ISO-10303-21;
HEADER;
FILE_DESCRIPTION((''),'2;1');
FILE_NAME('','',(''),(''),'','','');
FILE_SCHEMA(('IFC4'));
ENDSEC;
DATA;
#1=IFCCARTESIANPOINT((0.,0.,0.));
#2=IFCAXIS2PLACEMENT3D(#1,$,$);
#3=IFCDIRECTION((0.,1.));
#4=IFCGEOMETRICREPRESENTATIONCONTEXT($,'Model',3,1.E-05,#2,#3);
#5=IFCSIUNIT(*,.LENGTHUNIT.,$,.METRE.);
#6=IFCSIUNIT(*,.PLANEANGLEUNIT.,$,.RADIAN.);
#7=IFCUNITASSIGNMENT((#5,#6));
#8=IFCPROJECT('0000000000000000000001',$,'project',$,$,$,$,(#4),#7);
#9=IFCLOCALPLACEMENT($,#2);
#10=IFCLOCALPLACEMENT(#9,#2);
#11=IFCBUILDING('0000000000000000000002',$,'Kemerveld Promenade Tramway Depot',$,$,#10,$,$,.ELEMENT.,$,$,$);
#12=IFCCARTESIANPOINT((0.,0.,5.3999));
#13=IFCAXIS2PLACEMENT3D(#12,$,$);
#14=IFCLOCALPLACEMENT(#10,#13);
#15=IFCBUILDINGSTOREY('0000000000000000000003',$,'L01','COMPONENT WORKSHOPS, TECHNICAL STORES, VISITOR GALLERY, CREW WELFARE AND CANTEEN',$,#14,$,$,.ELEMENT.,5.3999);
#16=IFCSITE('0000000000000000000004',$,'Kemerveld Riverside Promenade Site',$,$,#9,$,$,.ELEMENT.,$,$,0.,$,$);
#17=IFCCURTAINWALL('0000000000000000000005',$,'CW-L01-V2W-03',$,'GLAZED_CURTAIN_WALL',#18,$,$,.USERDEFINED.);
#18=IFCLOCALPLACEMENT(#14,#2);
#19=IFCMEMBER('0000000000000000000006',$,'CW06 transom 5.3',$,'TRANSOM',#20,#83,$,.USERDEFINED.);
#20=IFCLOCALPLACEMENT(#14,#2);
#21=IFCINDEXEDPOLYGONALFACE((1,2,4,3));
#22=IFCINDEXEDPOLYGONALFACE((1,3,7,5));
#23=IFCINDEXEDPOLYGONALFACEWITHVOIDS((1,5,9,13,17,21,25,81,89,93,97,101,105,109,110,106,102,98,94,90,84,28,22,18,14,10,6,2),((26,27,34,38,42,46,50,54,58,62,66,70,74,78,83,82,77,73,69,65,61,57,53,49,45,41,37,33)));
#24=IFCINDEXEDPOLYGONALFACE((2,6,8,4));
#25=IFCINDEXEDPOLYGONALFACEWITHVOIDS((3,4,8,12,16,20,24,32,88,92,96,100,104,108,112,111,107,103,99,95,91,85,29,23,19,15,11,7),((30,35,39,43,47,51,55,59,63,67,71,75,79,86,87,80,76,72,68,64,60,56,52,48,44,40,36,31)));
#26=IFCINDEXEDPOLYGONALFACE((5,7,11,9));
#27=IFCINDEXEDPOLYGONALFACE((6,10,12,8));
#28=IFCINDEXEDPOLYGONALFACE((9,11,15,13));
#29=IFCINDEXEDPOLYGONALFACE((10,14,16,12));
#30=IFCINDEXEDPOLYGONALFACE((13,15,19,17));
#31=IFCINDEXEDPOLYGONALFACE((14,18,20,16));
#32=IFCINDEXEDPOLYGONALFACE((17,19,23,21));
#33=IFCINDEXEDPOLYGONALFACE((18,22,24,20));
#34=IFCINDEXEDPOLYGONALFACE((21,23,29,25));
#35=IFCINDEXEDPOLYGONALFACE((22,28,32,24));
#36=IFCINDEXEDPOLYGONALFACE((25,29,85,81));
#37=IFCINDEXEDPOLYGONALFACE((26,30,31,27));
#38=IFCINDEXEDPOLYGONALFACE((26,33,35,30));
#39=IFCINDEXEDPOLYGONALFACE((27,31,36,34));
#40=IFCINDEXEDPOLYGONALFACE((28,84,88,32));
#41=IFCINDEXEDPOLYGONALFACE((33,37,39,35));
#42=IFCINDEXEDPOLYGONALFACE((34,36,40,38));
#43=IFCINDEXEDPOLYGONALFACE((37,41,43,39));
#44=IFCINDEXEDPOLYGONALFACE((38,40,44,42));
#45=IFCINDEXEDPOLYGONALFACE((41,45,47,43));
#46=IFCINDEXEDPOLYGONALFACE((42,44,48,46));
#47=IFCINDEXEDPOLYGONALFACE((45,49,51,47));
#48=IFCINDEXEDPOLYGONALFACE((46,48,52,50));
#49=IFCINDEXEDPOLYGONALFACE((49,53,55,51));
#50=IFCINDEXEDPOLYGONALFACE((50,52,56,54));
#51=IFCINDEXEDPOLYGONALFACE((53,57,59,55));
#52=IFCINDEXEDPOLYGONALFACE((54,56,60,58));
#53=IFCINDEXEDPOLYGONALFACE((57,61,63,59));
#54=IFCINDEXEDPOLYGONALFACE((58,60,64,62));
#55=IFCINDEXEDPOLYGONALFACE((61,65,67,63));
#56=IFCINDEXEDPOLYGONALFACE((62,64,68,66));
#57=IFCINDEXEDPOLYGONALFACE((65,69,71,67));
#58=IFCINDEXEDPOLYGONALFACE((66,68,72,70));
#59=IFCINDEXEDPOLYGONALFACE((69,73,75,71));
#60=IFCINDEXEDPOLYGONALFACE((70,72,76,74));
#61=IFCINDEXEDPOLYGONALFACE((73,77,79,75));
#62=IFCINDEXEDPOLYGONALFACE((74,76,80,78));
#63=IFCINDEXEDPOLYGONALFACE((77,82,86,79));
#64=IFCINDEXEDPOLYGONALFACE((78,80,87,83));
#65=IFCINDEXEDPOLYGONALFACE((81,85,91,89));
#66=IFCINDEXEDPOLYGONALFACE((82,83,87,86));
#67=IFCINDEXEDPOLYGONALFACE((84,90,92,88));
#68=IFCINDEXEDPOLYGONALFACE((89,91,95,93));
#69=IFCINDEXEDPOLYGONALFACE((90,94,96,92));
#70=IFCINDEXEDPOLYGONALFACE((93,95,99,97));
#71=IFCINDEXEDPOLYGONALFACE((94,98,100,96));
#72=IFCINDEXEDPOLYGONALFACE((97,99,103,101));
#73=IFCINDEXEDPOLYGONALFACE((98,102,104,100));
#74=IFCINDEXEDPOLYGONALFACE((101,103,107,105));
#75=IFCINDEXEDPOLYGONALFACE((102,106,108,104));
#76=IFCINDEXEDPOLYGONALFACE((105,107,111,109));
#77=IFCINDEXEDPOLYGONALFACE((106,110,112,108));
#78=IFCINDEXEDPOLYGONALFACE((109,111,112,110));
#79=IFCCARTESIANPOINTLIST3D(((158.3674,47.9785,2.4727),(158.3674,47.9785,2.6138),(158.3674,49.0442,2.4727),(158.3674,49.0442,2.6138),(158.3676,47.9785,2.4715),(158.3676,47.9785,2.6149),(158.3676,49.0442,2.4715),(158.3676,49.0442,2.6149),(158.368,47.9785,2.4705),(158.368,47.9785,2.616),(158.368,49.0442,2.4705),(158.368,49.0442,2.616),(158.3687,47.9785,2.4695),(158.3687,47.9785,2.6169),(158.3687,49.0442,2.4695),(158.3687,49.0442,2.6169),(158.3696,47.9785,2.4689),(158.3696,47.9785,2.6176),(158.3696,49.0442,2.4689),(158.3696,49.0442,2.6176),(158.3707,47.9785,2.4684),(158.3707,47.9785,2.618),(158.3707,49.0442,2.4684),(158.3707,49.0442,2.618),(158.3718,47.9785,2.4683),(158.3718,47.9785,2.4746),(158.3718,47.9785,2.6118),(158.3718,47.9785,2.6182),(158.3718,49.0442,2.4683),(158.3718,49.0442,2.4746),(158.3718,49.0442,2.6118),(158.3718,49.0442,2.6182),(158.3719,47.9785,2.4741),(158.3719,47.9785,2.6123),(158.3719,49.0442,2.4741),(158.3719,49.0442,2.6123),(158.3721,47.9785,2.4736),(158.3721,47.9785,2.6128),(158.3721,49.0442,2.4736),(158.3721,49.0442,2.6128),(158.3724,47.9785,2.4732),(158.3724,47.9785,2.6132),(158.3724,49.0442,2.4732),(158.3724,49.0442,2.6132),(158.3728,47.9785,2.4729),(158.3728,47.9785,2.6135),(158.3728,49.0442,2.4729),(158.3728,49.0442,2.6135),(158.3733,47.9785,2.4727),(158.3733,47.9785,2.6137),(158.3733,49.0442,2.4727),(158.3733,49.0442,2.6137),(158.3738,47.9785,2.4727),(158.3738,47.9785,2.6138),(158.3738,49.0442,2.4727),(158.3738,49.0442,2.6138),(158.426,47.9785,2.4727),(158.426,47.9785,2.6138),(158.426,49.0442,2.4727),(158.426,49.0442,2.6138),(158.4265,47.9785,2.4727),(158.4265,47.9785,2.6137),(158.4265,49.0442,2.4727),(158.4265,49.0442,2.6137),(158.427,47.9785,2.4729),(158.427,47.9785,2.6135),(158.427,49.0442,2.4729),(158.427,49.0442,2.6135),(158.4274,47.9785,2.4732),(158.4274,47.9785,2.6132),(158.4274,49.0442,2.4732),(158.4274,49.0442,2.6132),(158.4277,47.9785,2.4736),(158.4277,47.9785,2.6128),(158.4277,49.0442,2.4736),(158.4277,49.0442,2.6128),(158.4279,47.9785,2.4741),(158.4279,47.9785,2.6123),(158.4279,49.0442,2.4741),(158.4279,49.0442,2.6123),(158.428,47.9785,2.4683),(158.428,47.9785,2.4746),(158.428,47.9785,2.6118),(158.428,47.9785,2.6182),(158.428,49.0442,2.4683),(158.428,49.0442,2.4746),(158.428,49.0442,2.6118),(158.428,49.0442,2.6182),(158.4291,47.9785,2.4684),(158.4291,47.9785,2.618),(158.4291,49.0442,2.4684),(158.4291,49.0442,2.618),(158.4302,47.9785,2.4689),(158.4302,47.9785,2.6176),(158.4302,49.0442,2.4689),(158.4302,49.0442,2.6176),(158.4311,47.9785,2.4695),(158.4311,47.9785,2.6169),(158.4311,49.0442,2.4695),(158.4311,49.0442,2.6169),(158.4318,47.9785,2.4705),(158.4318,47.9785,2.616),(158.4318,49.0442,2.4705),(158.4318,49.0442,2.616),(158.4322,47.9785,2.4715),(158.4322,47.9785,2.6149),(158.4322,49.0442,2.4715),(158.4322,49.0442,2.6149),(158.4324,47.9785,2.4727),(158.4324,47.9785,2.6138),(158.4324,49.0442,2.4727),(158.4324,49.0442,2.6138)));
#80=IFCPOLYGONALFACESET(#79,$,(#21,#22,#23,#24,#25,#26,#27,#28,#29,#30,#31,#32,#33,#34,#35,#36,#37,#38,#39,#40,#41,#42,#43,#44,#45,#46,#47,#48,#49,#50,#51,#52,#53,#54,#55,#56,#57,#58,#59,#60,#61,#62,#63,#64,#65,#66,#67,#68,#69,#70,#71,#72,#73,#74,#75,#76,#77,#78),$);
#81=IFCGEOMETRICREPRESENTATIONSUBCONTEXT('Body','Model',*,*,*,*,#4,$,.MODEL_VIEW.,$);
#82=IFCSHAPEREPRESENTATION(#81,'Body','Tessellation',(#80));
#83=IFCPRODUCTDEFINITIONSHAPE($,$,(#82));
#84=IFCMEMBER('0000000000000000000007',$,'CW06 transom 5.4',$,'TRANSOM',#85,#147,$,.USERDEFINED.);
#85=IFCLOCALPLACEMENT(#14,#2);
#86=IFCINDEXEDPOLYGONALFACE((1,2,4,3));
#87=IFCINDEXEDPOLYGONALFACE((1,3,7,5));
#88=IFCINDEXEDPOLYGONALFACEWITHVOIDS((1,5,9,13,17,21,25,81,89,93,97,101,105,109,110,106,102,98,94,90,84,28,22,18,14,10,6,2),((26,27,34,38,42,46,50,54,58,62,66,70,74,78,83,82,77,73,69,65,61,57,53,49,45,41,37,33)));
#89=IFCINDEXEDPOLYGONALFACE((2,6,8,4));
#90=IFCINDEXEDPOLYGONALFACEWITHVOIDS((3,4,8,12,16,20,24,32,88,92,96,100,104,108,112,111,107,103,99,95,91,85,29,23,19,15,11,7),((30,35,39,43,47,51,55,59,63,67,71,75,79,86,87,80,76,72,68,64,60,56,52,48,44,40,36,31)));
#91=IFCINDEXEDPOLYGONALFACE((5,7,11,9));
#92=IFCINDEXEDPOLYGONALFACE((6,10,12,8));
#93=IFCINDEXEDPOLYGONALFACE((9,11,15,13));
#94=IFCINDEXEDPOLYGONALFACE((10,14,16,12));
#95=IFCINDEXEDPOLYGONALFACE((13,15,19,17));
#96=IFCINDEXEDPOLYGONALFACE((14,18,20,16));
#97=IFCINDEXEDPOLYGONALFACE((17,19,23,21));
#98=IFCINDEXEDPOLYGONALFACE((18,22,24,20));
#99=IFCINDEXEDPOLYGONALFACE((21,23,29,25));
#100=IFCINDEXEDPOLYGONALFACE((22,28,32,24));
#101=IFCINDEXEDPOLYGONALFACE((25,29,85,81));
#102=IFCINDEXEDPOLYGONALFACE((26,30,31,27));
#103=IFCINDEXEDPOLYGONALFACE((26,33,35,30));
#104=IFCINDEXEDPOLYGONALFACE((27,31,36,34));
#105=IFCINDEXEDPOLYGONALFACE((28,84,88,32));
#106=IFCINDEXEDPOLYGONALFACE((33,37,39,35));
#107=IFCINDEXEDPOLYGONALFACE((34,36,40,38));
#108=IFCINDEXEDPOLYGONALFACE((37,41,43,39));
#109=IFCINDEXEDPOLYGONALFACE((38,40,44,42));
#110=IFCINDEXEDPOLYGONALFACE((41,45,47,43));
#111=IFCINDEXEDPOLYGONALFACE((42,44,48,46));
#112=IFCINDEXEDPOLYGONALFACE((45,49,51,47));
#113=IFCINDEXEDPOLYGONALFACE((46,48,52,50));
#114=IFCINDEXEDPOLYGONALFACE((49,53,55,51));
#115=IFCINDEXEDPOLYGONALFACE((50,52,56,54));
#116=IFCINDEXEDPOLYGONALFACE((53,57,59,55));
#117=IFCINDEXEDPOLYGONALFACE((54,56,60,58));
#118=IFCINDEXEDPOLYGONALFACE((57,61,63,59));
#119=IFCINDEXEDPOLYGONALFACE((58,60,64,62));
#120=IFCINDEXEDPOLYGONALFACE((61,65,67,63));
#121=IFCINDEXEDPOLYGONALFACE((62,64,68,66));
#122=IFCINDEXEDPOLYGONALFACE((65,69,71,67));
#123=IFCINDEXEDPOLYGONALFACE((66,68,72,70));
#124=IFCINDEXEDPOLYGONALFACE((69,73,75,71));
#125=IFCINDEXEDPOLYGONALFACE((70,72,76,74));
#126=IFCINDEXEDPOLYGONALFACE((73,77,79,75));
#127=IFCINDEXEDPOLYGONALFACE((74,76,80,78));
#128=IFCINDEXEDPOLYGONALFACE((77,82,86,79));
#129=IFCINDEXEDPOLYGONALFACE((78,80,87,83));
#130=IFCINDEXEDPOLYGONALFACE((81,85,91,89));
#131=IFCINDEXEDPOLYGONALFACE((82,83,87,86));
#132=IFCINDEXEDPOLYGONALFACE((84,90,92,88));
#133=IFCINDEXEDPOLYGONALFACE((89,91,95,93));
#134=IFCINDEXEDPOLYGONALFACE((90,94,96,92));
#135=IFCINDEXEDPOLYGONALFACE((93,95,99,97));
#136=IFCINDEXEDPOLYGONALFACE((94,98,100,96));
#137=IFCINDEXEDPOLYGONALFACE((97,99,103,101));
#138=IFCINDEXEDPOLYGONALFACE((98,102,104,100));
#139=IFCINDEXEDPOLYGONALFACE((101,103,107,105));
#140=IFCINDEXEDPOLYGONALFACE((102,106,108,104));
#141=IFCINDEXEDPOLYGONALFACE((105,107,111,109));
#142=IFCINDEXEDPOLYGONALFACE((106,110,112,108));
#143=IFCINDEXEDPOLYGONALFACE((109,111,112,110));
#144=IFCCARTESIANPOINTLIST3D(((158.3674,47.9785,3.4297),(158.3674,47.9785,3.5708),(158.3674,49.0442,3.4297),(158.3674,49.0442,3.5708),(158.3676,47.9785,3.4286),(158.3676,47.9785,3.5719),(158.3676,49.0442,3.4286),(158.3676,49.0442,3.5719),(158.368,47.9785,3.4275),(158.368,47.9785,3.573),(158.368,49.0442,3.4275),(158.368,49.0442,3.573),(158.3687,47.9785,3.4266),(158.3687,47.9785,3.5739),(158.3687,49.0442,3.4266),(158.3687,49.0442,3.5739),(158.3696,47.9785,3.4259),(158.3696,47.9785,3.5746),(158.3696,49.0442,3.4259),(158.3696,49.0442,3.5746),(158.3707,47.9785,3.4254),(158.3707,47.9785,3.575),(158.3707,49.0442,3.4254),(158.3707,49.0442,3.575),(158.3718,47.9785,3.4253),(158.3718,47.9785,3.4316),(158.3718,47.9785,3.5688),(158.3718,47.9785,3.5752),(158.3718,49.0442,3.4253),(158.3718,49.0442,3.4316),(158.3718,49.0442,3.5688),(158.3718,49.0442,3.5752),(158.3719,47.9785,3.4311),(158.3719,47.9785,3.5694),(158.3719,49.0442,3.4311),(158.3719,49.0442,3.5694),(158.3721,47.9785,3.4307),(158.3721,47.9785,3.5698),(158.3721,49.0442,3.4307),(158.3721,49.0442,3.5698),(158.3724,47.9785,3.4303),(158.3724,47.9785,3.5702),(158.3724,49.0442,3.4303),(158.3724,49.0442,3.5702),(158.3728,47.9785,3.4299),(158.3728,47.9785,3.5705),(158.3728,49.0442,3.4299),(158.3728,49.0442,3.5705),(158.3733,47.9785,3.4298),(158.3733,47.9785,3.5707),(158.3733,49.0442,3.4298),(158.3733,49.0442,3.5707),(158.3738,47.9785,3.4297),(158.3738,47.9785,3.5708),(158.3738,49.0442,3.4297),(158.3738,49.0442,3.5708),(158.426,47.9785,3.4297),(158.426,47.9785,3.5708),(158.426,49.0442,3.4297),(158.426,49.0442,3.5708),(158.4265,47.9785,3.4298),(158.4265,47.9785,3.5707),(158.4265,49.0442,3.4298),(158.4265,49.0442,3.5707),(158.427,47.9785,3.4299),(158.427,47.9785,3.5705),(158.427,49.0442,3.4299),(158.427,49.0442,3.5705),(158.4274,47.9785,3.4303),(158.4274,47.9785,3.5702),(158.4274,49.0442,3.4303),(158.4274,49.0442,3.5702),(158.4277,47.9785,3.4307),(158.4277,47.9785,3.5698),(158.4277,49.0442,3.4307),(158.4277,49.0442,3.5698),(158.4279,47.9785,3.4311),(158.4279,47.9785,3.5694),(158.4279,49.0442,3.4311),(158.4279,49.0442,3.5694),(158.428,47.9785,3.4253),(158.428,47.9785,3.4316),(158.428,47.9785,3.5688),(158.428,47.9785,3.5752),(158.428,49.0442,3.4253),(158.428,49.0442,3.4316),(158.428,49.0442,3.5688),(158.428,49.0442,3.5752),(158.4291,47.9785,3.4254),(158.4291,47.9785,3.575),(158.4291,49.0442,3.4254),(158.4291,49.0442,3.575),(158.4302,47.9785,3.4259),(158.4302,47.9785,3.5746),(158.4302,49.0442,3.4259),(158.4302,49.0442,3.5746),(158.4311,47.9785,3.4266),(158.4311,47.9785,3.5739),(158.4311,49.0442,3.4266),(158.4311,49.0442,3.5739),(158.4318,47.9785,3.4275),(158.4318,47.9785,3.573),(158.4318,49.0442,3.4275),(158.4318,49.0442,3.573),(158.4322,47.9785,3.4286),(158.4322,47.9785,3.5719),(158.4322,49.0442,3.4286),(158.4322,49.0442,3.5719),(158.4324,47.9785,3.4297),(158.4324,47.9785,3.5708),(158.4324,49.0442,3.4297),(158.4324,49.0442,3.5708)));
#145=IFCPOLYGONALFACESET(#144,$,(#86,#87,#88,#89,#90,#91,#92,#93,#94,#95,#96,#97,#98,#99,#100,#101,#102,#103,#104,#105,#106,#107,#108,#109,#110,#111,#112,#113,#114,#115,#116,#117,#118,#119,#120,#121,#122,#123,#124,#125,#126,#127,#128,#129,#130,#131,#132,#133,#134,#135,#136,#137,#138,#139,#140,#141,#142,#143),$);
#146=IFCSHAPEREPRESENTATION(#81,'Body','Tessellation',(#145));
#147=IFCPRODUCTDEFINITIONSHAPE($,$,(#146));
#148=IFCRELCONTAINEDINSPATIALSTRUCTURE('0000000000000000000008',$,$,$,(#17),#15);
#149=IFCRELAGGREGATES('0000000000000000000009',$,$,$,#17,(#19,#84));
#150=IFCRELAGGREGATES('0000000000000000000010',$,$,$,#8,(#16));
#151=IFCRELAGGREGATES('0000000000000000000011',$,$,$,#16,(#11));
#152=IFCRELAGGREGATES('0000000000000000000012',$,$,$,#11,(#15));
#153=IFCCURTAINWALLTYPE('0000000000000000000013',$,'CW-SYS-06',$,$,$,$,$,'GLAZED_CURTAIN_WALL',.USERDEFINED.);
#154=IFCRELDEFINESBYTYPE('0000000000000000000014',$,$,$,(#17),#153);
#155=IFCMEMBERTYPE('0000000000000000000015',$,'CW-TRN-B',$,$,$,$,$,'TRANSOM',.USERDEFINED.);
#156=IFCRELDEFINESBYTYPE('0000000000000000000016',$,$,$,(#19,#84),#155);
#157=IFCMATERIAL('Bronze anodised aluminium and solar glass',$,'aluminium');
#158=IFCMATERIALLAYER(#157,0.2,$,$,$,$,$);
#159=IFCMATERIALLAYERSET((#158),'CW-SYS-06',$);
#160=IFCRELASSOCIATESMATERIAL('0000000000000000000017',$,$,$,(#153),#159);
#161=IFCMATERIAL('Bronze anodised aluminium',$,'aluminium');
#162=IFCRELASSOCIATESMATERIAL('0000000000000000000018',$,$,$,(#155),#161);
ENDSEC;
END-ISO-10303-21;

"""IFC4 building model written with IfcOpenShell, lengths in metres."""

from ifc_helpers import new_model, si_unit, direction, frame, origin, origin_2d, place, context, subcontext, project, spatial, hollow_rectangle, extrude, material, layer, layer_set, material_profile, profile_set, type_object, element, aggregate, save


model = new_model("IFC4")

# Units and contexts
model_context = context("Model", 3, precision=1e-05, world=origin(), true_north=direction((0.0, 1.0)))
body_context = subcontext(model_context, "Body", "Model", "MODEL_VIEW")
ifc_project = project(units=[si_unit("LENGTHUNIT", "METRE"), si_unit("PLANEANGLEUNIT", "RADIAN")], contexts=[model_context])

# Site, building, storey
site_placement = place(None, origin())
site = spatial("IfcSite", under=ifc_project, at=site_placement, Name="Kemerveld Riverside Promenade Site", CompositionType="ELEMENT", RefElevation=0.0)
building_placement = place(site_placement, origin())
building = spatial("IfcBuilding", under=site, at=building_placement, Name="Kemerveld Promenade Tramway Depot", CompositionType="ELEMENT")
storey_placement = place(building_placement, frame((0.0, 0.0, 5.3999)))
storey = spatial("IfcBuildingStorey", under=building, at=storey_placement, Name="L01", Description="COMPONENT WORKSHOPS, TECHNICAL STORES, VISITOR GALLERY, CREW WELFARE AND CANTEEN", CompositionType="ELEMENT", Elevation=5.3999)

# Curtain wall, members
ifc_material_1 = material(Name="Bronze anodised aluminium and solar glass", Category="aluminium")
ifc_layer_1 = layer(ifc_material_1, 0.2)
ifc_layer_set_1 = layer_set([ifc_layer_1], Name="CW-SYS-06")
curtain_wall_type = type_object("IfcCurtainWallType", Name="CW-SYS-06", ElementType="GLAZED_CURTAIN_WALL", PredefinedType="USERDEFINED", material=ifc_layer_set_1)
curtain_wall_placement = place(storey_placement, origin())
curtain_wall = element("IfcCurtainWall", 1, at=curtain_wall_placement, inside=storey, type_object=curtain_wall_type, Name="CW-L01-V2W-03", ObjectType="GLAZED_CURTAIN_WALL", PredefinedType="USERDEFINED")
ifc_material_2 = material(Name="Bronze anodised aluminium", Category="aluminium")
ifc_material_profile_1 = material_profile(ifc_material_2, hollow_rectangle(XDim=0.0649, YDim=0.1499, WallThickness=0.0044, InnerFilletRadius=0.002, OuterFilletRadius=0.0044, at=origin_2d()), Name="CW-TRN-150x65")
ifc_profile_set_1 = profile_set([ifc_material_profile_1], Name="Bronze anodised aluminium")
member_type_1 = type_object("IfcMemberType", Name="CW-TRN-B", ElementType="TRANSOM", PredefinedType="USERDEFINED", material=ifc_profile_set_1)
member_1_placement = place(storey_placement, frame((158.3999, 47.9785, 2.5432), z_axis=(0.0, 1.0, 0.0), x_axis=(-1.0, 0.0, 0.0)))
member_1 = element("IfcMember", 2, at=member_1_placement, type_object=member_type_1, Name="CW06 transom 5.3", ObjectType="TRANSOM", PredefinedType="USERDEFINED", context=body_context, shape_type="SweptSolid", body=[
    extrude(hollow_rectangle(XDim=0.0649, YDim=0.1499, WallThickness=0.0044, InnerFilletRadius=0.002, OuterFilletRadius=0.0044, at=origin_2d()), origin(), (0.0, 0.0, 1.0), 1.0657),
])
member_2_placement = place(storey_placement, frame((158.3999, 47.9785, 3.5002), z_axis=(0.0, 1.0, 0.0), x_axis=(-1.0, 0.0, 0.0)))
member_2 = element("IfcMember", 3, at=member_2_placement, type_object=member_type_1, Name="CW06 transom 5.4", ObjectType="TRANSOM", PredefinedType="USERDEFINED", context=body_context, shape_type="SweptSolid", body=[
    extrude(hollow_rectangle(XDim=0.0649, YDim=0.1499, WallThickness=0.0044, InnerFilletRadius=0.002, OuterFilletRadius=0.0044, at=origin_2d()), origin(), (0.0, 0.0, 1.0), 1.0657),
])
aggregate(curtain_wall, [member_1, member_2])

save(model, "model.ifc")
